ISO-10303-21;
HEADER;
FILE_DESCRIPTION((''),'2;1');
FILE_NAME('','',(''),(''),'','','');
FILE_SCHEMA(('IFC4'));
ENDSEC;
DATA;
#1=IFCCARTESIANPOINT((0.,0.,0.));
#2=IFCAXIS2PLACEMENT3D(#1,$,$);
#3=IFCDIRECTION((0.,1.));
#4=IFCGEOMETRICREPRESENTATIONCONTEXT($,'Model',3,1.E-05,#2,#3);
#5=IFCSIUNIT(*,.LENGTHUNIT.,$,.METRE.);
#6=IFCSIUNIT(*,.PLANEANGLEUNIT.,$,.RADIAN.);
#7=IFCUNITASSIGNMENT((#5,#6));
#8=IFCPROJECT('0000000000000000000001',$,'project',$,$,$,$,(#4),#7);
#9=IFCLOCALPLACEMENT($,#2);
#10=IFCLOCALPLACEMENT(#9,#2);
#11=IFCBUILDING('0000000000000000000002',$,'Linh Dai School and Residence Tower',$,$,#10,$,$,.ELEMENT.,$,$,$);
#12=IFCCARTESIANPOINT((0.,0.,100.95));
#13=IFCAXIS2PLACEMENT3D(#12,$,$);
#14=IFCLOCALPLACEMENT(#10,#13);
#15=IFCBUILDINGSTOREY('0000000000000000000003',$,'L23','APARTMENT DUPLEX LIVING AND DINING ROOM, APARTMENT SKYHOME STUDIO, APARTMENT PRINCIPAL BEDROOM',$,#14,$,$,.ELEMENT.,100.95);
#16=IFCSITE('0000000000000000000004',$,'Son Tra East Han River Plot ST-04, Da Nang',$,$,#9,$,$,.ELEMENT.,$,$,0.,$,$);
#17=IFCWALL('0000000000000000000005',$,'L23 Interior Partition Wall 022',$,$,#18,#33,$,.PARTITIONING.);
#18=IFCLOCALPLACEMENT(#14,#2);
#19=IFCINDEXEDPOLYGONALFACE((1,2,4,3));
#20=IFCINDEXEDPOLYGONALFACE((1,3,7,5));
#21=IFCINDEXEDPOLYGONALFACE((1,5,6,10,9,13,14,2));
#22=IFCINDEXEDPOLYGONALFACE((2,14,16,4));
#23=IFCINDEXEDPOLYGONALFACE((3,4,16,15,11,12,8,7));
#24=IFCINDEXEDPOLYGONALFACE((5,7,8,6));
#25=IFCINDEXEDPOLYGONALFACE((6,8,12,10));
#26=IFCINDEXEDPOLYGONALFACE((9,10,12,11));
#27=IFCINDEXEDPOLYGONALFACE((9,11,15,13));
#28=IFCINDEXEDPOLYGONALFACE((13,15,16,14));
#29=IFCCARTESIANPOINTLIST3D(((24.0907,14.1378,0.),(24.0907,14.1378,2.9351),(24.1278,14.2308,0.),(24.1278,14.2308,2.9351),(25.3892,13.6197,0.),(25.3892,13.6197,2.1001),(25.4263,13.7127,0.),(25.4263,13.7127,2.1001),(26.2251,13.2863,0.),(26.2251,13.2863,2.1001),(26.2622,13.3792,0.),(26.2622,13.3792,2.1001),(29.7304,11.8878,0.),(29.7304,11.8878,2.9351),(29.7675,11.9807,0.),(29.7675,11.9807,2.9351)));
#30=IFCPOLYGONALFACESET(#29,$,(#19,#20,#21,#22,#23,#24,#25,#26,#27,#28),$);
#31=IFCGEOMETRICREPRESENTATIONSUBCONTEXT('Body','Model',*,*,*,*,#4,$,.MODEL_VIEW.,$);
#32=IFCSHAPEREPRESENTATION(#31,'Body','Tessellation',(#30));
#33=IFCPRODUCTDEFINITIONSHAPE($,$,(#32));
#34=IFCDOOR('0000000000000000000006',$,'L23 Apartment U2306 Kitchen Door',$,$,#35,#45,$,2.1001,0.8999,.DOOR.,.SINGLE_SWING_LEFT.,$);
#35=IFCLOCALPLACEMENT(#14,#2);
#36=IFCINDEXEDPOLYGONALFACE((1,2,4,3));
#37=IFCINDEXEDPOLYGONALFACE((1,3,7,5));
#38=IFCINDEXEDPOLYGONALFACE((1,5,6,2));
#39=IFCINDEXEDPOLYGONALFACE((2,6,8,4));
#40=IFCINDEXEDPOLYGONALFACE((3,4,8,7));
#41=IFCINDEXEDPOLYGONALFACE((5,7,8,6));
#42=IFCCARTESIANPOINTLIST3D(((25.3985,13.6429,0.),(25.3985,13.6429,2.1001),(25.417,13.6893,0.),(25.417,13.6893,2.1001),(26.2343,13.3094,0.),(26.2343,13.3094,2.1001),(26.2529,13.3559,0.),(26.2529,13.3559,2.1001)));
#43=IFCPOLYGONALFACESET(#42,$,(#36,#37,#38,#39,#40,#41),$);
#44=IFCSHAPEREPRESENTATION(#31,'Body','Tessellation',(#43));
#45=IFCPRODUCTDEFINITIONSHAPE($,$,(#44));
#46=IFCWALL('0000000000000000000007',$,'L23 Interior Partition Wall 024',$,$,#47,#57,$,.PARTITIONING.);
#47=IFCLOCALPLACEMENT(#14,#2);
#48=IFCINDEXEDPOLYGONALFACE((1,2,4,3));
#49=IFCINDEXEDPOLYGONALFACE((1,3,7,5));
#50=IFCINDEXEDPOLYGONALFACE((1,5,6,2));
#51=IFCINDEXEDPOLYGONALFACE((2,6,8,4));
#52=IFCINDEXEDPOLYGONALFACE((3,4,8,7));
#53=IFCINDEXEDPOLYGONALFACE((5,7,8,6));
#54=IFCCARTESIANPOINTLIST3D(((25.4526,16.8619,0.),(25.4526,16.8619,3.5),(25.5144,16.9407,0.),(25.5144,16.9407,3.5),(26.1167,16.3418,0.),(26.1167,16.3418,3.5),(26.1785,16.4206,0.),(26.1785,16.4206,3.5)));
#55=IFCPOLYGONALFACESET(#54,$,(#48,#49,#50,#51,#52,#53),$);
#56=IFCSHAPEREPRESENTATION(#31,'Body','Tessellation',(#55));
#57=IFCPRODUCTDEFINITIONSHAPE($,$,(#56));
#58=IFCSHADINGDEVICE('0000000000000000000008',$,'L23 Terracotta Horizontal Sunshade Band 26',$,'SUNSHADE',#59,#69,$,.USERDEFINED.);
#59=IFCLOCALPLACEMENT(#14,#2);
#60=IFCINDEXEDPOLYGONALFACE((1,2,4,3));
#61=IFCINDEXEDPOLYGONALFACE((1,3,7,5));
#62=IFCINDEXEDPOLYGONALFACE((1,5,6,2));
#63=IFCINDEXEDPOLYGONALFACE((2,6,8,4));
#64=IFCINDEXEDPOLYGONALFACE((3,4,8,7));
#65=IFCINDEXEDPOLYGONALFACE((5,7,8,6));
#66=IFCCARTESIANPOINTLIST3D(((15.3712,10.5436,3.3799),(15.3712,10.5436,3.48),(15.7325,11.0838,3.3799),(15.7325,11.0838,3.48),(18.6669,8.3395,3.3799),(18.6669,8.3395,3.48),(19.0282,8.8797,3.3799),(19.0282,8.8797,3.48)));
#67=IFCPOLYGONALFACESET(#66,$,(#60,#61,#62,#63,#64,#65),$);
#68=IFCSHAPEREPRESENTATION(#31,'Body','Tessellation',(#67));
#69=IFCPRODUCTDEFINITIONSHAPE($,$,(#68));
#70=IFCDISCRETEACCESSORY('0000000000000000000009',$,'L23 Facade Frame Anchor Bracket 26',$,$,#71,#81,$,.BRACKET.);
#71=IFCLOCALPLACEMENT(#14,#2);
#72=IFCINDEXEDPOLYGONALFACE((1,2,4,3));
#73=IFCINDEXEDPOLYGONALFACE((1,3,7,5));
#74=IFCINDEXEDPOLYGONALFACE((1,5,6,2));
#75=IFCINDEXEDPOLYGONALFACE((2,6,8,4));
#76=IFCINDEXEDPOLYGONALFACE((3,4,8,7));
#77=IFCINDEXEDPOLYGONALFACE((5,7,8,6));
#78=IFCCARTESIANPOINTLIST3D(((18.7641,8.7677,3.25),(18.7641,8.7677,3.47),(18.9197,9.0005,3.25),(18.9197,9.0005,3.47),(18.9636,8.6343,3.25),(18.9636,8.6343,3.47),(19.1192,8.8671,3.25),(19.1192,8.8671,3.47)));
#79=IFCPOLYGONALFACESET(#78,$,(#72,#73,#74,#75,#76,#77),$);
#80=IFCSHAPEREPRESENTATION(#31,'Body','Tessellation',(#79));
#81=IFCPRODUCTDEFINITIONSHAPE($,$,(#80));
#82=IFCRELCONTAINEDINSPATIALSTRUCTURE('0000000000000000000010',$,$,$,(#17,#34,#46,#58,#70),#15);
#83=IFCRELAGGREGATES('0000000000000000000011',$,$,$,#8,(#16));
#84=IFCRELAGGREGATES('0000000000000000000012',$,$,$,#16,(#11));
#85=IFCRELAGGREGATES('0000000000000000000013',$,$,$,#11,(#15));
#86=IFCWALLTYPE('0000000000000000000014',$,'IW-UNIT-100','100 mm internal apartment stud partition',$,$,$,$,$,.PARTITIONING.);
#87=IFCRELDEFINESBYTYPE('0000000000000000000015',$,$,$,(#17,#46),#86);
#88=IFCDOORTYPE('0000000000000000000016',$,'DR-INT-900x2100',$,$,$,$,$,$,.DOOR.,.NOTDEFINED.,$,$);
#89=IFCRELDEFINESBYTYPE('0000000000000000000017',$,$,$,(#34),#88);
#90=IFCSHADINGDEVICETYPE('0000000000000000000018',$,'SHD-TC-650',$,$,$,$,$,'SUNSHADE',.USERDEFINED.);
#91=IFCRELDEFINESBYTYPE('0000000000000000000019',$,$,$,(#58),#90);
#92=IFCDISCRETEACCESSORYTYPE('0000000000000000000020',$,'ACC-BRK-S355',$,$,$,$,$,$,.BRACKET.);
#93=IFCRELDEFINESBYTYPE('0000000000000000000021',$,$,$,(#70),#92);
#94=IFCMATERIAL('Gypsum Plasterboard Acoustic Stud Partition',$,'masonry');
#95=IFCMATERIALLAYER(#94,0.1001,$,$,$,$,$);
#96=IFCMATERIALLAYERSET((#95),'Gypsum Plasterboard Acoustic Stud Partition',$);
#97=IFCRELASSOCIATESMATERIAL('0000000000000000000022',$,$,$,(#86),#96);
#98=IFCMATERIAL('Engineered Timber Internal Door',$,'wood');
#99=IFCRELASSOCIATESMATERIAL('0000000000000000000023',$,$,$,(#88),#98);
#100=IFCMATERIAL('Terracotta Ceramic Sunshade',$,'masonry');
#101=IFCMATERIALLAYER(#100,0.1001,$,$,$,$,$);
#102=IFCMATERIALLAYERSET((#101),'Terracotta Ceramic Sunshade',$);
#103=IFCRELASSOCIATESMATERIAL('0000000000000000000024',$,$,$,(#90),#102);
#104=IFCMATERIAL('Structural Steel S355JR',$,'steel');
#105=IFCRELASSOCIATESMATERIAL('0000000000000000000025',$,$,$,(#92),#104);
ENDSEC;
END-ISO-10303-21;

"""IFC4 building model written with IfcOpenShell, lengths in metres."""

from ifc_helpers import new_model, si_unit, direction, frame, frame_2d, origin, origin_2d, place, context, subcontext, project, spatial, rectangle, extrude, source, transform, mapped, material, layer, layer_set, type_object, element, fill, save


model = new_model("IFC4")

# Units and contexts
model_context = context("Model", 3, precision=1e-05, world=origin(), true_north=direction((0.0, 1.0)))
body_context = subcontext(model_context, "Body", "Model", "MODEL_VIEW")
ifc_project = project(units=[si_unit("LENGTHUNIT", "METRE"), si_unit("PLANEANGLEUNIT", "RADIAN")], contexts=[model_context])

# Site, building, storey
site_placement = place(None, origin())
site = spatial("IfcSite", under=ifc_project, at=site_placement, Name="Son Tra East Han River Plot ST-04, Da Nang", CompositionType="ELEMENT", RefElevation=0.0)
building_placement = place(site_placement, origin())
building = spatial("IfcBuilding", under=site, at=building_placement, Name="Linh Dai School and Residence Tower", CompositionType="ELEMENT")
storey_placement = place(building_placement, frame((0.0, 0.0, 100.95)))
storey = spatial("IfcBuildingStorey", under=building, at=storey_placement, Name="L23", Description="APARTMENT DUPLEX LIVING AND DINING ROOM, APARTMENT SKYHOME STUDIO, APARTMENT PRINCIPAL BEDROOM", CompositionType="ELEMENT", Elevation=100.95)

# Shared definitions
ifc_material_1 = material(Name="Structural Steel S355JR", Category="steel")

# Shared definitions
ifc_material_2 = material(Name="Gypsum Plasterboard Acoustic Stud Partition", Category="masonry")
ifc_layer_1 = layer(ifc_material_2, 0.1001)
ifc_layer_set_1 = layer_set([ifc_layer_1], Name="Gypsum Plasterboard Acoustic Stud Partition")
wall_type_1 = type_object("IfcWallType", Name="IW-UNIT-100", Description="100 mm internal apartment stud partition", PredefinedType="PARTITIONING", material=ifc_layer_set_1)

# Wall, opening, door
wall_1_placement = place(storey_placement, frame((24.1091, 14.1843, 0.0), z_axis=(0.0, 0.0, 1.0), x_axis=(0.928809, -0.370559, 0.0)))
wall_1 = element("IfcWall", 1, at=wall_1_placement, inside=storey, type_object=wall_type_1, Name="L23 Interior Partition Wall 022", PredefinedType="PARTITIONING", context=body_context, shape_type="SweptSolid", body=[
    extrude(rectangle(XDim=6.072, YDim=0.1001, at=frame_2d((3.0361, 0.0))), origin(), (0.0, 0.0, 1.0), 2.9351),
])
opening_1_placement = place(wall_1_placement, frame((1.3982, 0.0, 0.0)))
opening_1 = element("IfcOpeningElement", 2, at=opening_1_placement, cuts=wall_1, PredefinedType="OPENING", context=body_context, shape_type="SweptSolid", body=[
    extrude(rectangle(XDim=0.8999, YDim=2.1001, at=origin_2d()), frame((0.45, 0.0601, 1.05), z_axis=(0.0, -1.0, 0.0), x_axis=(1.0, 0.0, 0.0)), (0.0, 0.0, 1.0), 0.1201),
])
ifc_material_3 = material(Name="Engineered Timber Internal Door", Category="wood")
door_type_1 = type_object("IfcDoorType", Name="DR-INT-900x2100", OperationType="NOTDEFINED", PredefinedType="DOOR", material=ifc_material_3)
shared_shape_1 = source(origin(), body_context, "Body", "SweptSolid", [
    extrude(rectangle(XDim=0.8999, YDim=2.1001, at=origin_2d()), frame((0.45, 0.0249, 1.05), z_axis=(0.0, -1.0, 0.0), x_axis=(1.0, 0.0, 0.0)), (0.0, 0.0, 1.0), 0.05),
])
door_1_placement = place(opening_1_placement, origin())
door_1 = element("IfcDoor", 3, at=door_1_placement, inside=storey, type_object=door_type_1, Name="L23 Apartment U2306 Kitchen Door", OperationType="SINGLE_SWING_LEFT", OverallHeight=2.1001, OverallWidth=0.8999, PredefinedType="DOOR", context=body_context, shape_type="MappedRepresentation", body=[
    mapped(shared_shape_1, transform((0.0, 0.0, 0.0), x_axis=(1.0, 0.0, 0.0), y_axis=(0.0, 1.0, 0.0), z_axis=(0.0, 0.0, 1.0), scale=1.0)),
])
fill(opening_1, door_1)

# Wall
wall_2_placement = place(storey_placement, frame((25.4834, 16.9014, 0.0), z_axis=(0.0, 0.0, 1.0), x_axis=(0.787322, -0.616542, 0.0)))
element("IfcWall", 4, at=wall_2_placement, inside=storey, type_object=wall_type_1, Name="L23 Interior Partition Wall 024", PredefinedType="PARTITIONING", context=body_context, shape_type="SweptSolid", body=[
    extrude(rectangle(XDim=0.8435, YDim=0.1001, at=frame_2d((0.4219, 0.0))), origin(), (0.0, 0.0, 1.0), 3.5),
])

# Shading device
ifc_material_4 = material(Name="Terracotta Ceramic Sunshade", Category="masonry")
ifc_layer_2 = layer(ifc_material_4, 0.1001)
ifc_layer_set_2 = layer_set([ifc_layer_2], Name="Terracotta Ceramic Sunshade")
shading_device_type = type_object("IfcShadingDeviceType", Name="SHD-TC-650", ElementType="SUNSHADE", PredefinedType="USERDEFINED", material=ifc_layer_set_2)
shared_shape_2 = source(origin(), body_context, "Body", "SweptSolid", [
    extrude(rectangle(XDim=3.9648, YDim=0.6499, at=origin_2d()), origin(), (0.0, 0.0, 1.0), 0.1001),
])
shading_device_placement = place(storey_placement, frame((17.1997, 9.7117, 3.3799), z_axis=(0.0, 0.0, 1.0), x_axis=(-0.83124, 0.555913, 0.0)))
element("IfcShadingDevice", 5, at=shading_device_placement, inside=storey, type_object=shading_device_type, Name="L23 Terracotta Horizontal Sunshade Band 26", ObjectType="SUNSHADE", PredefinedType="USERDEFINED", context=body_context, shape_type="MappedRepresentation", body=[
    mapped(shared_shape_2, transform((0.0, 0.0, 0.0), x_axis=(1.0, 0.0, 0.0), y_axis=(0.0, 1.0, 0.0), z_axis=(0.0, 0.0, 1.0), scale=1.0)),
])

# Discrete accessory
discrete_accessory_type = type_object("IfcDiscreteAccessoryType", Name="ACC-BRK-S355", PredefinedType="BRACKET", material=ifc_material_1)
shared_shape_3 = source(origin(), body_context, "Body", "SweptSolid", [
    extrude(rectangle(XDim=0.28, YDim=0.24, at=origin_2d()), origin(), (0.0, 0.0, 1.0), 0.22),
])
discrete_accessory_placement = place(storey_placement, frame((18.9417, 8.8174, 3.25), z_axis=(0.0, 0.0, 1.0), x_axis=(-0.555913, -0.83124, 0.0)))
element("IfcDiscreteAccessory", 6, at=discrete_accessory_placement, inside=storey, type_object=discrete_accessory_type, Name="L23 Facade Frame Anchor Bracket 26", PredefinedType="BRACKET", context=body_context, shape_type="MappedRepresentation", body=[
    mapped(shared_shape_3, transform((0.0, 0.0, 0.0), x_axis=(1.0, 0.0, 0.0), y_axis=(0.0, 1.0, 0.0), z_axis=(0.0, 0.0, 1.0), scale=1.0)),
])

save(model, "model.ifc")
